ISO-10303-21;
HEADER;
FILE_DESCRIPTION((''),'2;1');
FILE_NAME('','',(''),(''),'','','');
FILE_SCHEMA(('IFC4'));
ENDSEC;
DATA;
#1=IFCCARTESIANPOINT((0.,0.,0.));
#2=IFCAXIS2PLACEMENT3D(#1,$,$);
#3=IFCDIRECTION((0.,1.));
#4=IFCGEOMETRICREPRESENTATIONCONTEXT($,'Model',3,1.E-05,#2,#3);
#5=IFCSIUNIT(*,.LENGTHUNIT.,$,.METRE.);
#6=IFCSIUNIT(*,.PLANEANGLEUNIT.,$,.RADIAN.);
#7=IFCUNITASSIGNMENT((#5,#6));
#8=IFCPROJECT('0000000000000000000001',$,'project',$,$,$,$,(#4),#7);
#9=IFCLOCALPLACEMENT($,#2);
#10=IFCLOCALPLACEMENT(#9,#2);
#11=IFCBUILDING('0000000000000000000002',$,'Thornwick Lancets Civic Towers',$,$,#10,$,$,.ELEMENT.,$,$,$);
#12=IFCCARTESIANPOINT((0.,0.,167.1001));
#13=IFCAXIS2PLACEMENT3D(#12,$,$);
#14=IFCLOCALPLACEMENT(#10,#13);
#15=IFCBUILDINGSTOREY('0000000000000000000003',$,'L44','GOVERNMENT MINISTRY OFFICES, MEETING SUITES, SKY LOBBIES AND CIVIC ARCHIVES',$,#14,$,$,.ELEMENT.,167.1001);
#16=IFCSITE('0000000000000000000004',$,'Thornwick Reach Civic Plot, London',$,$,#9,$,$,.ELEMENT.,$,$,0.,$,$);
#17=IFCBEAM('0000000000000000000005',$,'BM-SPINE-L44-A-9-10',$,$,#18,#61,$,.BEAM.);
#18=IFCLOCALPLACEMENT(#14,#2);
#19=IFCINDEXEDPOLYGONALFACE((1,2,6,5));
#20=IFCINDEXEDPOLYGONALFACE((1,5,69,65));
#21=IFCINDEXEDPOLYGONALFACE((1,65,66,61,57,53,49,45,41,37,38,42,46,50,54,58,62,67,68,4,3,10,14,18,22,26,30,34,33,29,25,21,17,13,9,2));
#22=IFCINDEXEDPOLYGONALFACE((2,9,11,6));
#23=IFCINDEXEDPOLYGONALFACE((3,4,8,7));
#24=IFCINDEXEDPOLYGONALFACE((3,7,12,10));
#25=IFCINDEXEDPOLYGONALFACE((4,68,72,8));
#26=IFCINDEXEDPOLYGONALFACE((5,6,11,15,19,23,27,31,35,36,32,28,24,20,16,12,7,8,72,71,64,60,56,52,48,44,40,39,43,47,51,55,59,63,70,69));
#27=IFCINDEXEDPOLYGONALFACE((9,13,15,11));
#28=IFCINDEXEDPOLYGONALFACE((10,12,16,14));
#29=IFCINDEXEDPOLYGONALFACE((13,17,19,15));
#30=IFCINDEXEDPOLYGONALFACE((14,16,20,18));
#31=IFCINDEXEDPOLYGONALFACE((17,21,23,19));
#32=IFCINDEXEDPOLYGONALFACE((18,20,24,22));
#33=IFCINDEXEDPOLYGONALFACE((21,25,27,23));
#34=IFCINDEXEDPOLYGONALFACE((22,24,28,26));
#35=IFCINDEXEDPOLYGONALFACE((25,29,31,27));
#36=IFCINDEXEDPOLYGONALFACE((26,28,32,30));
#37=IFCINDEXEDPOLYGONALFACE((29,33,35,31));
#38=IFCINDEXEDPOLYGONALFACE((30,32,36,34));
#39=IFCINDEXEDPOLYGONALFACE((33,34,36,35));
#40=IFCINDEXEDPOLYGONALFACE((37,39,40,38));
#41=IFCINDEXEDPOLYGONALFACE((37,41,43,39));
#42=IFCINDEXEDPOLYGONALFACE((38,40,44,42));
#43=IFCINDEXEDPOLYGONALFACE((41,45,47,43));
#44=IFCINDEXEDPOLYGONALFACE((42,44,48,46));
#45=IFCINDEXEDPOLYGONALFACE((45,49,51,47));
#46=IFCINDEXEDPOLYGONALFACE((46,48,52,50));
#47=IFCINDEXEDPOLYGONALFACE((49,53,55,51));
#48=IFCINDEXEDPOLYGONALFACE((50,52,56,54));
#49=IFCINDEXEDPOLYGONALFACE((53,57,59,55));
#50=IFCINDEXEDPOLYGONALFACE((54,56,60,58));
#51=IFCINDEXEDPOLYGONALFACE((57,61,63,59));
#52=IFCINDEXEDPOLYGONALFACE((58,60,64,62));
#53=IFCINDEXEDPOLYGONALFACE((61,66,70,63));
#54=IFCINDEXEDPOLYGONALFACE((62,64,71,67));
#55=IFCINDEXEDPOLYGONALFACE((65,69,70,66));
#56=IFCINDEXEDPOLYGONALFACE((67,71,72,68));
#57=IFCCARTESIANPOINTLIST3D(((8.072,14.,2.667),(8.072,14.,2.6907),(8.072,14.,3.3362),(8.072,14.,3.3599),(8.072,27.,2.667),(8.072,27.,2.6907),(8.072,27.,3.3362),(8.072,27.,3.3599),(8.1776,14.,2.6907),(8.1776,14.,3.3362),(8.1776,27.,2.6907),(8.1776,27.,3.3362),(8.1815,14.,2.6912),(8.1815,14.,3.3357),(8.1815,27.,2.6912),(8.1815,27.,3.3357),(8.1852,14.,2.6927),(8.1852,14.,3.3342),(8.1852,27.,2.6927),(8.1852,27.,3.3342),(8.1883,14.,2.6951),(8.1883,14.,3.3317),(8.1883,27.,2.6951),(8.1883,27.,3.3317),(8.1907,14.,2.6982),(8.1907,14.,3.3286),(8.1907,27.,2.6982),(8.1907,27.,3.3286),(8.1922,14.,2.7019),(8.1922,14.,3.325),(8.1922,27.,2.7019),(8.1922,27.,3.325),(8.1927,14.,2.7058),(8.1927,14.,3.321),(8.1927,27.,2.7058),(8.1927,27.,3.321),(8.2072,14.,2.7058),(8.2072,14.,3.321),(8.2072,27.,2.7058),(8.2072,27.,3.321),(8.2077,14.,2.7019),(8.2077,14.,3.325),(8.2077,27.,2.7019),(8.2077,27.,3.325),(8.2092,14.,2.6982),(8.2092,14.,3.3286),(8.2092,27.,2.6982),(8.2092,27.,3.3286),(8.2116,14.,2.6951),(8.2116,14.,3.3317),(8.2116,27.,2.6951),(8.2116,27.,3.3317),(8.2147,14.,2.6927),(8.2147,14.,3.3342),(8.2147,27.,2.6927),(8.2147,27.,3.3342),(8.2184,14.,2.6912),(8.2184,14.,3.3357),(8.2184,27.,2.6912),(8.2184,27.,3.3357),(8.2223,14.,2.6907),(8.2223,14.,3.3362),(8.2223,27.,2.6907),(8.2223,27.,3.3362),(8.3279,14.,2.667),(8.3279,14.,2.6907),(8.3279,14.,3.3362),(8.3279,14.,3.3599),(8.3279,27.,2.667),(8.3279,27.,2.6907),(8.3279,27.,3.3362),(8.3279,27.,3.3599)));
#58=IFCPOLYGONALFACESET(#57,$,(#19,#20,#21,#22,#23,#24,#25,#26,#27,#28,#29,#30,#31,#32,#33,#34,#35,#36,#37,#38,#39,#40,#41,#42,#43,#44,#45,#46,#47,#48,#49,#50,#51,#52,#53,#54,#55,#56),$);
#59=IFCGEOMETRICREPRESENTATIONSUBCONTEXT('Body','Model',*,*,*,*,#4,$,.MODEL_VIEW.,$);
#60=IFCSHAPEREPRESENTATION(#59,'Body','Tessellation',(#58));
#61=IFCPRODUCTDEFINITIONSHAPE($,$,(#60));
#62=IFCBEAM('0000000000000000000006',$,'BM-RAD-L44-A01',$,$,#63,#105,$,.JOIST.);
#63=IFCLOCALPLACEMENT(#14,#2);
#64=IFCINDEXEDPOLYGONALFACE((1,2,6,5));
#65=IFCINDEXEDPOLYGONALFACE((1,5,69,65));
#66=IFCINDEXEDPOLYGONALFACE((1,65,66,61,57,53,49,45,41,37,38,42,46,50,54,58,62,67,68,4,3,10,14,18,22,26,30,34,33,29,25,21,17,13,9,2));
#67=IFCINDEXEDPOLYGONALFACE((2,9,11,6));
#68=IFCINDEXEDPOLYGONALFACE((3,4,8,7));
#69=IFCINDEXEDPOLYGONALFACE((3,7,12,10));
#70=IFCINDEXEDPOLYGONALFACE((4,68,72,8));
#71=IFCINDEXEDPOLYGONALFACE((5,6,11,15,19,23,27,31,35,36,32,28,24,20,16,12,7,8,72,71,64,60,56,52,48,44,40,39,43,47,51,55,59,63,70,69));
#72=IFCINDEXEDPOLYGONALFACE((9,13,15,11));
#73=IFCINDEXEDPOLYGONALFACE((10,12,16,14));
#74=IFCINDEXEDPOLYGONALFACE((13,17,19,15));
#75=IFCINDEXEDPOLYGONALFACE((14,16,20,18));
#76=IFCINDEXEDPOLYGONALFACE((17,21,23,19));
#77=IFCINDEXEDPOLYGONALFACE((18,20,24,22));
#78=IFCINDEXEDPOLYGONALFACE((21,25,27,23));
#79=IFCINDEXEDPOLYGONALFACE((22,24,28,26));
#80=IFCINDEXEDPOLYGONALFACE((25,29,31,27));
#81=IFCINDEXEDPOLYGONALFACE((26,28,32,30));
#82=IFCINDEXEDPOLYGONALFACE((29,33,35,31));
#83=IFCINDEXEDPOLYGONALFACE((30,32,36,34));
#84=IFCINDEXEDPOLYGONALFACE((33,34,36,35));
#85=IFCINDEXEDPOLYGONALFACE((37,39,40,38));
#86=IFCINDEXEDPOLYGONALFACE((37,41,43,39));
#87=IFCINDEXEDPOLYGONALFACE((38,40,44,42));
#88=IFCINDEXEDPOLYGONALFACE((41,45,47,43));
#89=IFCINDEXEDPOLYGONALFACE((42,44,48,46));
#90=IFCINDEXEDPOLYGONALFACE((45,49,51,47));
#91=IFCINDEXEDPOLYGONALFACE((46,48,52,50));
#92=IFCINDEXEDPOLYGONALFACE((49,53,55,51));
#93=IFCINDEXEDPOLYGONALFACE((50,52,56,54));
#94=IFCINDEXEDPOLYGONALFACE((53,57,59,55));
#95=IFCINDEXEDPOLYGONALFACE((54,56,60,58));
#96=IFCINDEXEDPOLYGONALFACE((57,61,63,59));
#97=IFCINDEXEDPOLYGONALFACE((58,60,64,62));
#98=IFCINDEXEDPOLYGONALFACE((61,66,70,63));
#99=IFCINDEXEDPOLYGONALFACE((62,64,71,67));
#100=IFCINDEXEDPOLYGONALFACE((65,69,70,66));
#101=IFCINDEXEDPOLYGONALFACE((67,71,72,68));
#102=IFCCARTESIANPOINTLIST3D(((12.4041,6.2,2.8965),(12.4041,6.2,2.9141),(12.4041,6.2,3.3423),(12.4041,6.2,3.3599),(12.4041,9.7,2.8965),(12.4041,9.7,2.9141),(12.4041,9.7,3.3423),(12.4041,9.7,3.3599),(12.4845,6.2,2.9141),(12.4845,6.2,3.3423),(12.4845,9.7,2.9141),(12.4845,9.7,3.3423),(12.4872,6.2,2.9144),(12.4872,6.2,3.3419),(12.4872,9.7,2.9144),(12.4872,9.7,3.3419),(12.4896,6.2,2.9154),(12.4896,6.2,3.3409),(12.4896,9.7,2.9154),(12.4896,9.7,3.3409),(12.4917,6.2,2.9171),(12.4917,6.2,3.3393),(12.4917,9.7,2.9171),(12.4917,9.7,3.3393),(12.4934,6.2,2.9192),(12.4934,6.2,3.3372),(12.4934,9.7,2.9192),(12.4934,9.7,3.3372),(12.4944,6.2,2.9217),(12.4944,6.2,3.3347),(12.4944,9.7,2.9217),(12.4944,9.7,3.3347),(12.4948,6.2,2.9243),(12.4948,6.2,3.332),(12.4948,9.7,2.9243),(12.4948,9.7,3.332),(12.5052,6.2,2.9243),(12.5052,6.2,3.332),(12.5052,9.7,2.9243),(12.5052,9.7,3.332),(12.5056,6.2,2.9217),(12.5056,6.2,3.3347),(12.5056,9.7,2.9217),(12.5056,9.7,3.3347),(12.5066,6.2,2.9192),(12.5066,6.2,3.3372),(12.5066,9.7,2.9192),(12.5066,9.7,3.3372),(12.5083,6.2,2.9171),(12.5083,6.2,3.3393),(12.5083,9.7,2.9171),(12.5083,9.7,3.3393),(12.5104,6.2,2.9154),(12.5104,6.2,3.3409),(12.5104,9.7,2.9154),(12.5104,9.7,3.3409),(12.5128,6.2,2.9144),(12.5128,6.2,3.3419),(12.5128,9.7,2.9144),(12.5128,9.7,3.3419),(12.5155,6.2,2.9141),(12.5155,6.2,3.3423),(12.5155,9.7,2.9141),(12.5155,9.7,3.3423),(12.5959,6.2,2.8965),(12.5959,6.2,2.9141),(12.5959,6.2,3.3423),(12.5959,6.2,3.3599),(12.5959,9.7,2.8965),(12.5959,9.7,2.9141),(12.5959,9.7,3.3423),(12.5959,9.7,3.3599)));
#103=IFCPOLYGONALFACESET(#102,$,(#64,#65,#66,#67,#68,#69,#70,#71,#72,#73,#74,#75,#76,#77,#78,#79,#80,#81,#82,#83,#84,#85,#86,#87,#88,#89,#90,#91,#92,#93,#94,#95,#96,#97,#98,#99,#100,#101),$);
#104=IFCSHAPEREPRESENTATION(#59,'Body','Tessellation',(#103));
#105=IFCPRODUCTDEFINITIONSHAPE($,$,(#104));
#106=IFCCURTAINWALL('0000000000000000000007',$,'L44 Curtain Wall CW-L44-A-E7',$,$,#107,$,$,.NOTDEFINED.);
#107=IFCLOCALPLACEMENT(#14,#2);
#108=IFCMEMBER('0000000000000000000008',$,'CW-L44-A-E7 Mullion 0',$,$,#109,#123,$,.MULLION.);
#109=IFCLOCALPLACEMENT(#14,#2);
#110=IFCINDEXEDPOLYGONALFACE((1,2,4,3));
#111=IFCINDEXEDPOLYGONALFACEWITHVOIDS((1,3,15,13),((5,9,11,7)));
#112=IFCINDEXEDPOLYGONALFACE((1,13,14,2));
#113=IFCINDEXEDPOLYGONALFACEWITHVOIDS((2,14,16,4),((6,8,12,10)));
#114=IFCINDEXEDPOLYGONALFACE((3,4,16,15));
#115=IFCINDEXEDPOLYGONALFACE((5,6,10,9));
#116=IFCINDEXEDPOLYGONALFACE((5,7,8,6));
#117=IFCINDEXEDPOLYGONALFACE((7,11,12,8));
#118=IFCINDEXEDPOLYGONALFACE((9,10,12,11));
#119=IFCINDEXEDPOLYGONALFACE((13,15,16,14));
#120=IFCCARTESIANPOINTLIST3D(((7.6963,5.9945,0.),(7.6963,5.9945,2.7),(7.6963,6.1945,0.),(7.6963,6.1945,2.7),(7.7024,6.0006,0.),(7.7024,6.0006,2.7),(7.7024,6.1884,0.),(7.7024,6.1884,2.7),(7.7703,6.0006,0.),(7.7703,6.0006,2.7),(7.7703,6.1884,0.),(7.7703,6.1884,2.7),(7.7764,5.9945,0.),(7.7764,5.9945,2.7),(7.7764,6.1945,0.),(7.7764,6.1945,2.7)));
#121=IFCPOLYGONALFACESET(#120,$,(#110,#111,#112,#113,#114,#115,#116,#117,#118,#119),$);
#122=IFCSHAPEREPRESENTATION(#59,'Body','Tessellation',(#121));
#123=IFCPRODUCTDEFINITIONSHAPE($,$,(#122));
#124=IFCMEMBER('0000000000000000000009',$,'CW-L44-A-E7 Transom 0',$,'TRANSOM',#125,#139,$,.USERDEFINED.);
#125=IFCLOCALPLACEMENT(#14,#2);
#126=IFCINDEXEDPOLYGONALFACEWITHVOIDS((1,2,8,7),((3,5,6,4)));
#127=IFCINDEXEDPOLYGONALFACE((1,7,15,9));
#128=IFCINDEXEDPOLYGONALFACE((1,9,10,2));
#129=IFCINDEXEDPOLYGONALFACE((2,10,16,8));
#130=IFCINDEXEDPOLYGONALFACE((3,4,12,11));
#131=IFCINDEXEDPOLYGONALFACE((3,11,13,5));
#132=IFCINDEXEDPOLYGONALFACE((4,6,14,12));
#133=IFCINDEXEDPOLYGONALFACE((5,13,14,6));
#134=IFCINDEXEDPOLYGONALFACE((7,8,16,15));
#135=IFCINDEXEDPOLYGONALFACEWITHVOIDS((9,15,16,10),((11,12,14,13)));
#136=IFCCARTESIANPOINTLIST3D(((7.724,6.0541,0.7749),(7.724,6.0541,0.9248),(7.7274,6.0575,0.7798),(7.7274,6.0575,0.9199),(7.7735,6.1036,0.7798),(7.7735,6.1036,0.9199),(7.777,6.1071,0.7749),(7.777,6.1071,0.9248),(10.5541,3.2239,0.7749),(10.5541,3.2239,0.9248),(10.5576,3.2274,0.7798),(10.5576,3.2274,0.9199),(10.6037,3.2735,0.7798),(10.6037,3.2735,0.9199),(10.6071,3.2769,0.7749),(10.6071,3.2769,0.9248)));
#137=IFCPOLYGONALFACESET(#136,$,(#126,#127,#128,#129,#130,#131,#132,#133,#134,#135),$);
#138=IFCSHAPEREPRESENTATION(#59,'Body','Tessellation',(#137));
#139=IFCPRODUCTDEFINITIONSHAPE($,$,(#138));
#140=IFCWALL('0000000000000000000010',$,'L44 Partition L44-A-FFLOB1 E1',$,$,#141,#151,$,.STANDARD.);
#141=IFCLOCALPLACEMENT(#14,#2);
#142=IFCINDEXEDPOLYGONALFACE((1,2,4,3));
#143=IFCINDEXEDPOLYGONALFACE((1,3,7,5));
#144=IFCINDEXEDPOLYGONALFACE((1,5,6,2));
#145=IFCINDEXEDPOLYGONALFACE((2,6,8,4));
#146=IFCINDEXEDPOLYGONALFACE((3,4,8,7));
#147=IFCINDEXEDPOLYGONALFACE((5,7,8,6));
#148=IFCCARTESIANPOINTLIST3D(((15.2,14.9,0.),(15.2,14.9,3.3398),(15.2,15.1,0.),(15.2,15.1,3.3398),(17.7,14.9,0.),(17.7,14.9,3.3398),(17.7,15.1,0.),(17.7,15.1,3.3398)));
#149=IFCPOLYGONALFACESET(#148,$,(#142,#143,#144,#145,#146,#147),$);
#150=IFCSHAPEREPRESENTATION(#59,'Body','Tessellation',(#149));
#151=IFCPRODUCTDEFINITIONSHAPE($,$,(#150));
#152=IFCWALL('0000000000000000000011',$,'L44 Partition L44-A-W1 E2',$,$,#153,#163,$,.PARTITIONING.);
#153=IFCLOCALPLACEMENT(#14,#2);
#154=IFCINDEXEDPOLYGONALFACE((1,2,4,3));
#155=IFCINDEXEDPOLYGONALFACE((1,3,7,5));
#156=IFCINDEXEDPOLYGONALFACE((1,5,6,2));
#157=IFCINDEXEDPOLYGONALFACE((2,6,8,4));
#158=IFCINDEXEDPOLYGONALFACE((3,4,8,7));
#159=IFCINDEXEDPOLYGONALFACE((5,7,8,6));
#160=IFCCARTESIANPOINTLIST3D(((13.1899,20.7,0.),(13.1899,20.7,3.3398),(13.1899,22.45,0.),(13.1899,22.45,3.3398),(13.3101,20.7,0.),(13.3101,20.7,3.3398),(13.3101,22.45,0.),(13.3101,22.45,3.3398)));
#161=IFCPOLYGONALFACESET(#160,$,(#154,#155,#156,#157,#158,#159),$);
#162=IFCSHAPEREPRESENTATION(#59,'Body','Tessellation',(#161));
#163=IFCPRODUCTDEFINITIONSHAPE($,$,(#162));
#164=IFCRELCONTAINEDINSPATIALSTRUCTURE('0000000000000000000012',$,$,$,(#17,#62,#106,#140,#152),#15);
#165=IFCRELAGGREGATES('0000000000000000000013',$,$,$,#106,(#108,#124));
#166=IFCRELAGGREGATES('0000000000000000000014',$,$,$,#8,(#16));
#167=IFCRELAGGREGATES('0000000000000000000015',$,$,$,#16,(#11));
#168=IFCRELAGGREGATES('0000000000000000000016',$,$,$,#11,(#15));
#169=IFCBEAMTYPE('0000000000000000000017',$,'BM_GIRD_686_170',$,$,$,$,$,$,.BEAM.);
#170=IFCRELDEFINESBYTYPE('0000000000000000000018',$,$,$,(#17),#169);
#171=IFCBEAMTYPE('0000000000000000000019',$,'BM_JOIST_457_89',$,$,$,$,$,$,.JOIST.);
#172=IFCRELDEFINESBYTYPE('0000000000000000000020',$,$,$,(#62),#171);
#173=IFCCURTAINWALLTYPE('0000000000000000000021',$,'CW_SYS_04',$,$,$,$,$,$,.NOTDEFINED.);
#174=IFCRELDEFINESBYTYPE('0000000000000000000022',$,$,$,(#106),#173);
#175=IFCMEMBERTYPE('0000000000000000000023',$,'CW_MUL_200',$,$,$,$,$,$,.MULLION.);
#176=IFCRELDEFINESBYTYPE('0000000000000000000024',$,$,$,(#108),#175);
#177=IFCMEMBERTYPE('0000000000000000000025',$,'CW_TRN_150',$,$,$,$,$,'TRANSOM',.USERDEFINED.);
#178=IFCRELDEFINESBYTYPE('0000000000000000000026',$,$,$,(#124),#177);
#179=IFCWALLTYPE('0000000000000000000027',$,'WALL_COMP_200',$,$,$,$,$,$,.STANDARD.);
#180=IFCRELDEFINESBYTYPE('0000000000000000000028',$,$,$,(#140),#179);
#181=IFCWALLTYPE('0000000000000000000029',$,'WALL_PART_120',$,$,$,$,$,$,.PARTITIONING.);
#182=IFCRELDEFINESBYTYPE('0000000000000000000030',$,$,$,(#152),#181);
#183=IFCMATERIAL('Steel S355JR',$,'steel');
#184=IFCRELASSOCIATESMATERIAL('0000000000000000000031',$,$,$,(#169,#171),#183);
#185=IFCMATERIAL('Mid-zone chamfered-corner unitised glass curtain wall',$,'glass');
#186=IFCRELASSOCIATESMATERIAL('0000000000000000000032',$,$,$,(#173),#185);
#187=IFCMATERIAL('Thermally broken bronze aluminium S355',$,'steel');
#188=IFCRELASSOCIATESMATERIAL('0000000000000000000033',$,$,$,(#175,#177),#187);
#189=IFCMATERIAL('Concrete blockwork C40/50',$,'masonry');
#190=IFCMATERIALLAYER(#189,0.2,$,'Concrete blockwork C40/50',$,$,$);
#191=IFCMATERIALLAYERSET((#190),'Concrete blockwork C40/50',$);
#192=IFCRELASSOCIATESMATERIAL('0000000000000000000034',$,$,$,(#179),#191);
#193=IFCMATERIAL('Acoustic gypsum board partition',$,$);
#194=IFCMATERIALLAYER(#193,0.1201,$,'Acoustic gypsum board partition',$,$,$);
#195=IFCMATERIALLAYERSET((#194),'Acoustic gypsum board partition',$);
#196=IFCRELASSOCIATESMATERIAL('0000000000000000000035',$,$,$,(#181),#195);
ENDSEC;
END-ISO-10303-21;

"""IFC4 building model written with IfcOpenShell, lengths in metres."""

from ifc_helpers import new_model, si_unit, direction, frame, frame_2d, origin, origin_2d, place, context, subcontext, project, spatial, rectangle, hollow_rectangle, i_section, extrude, material, layer, layer_set, material_profile, profile_set, type_object, element, aggregate, save


model = new_model("IFC4")

# Units and contexts
model_context = context("Model", 3, precision=1e-05, world=origin(), true_north=direction((0.0, 1.0)))
body_context = subcontext(model_context, "Body", "Model", "MODEL_VIEW")
ifc_project = project(units=[si_unit("LENGTHUNIT", "METRE"), si_unit("PLANEANGLEUNIT", "RADIAN")], contexts=[model_context])

# Site, building, storey
site_placement = place(None, origin())
site = spatial("IfcSite", under=ifc_project, at=site_placement, Name="Thornwick Reach Civic Plot, London", CompositionType="ELEMENT", RefElevation=0.0)
building_placement = place(site_placement, origin())
building = spatial("IfcBuilding", under=site, at=building_placement, Name="Thornwick Lancets Civic Towers", CompositionType="ELEMENT")
storey_placement = place(building_placement, frame((0.0, 0.0, 167.1001)))
storey = spatial("IfcBuildingStorey", under=building, at=storey_placement, Name="L44", Description="GOVERNMENT MINISTRY OFFICES, MEETING SUITES, SKY LOBBIES AND CIVIC ARCHIVES", CompositionType="ELEMENT", Elevation=167.1001)

# Beams
ifc_material_1 = material(Name="Steel S355JR", Category="steel")
ifc_material_profile_1 = material_profile(ifc_material_1, i_section(OverallWidth=0.2559, OverallDepth=0.6929, WebThickness=0.0144, FlangeThickness=0.0237, FilletRadius=0.0151, at=origin_2d()), Name="UKB 686x254x170")
ifc_profile_set_1 = profile_set([ifc_material_profile_1], Name="Steel S355JR")
beam_type_1 = type_object("IfcBeamType", Name="BM_GIRD_686_170", PredefinedType="BEAM", material=ifc_profile_set_1)
for number, where, z_axis, x_axis, name in (
    (1, (8.2, 14.0, 3.0134), (0.0, 1.0, 0.0), (-1.0, 0.0, 0.0), "BM-SPINE-L44-A-9-10"),
):
    element("IfcBeam", number, at=place(storey_placement, frame(where, z_axis=z_axis, x_axis=x_axis)), inside=storey, type_object=beam_type_1, Name=name, PredefinedType="BEAM", context=body_context, shape_type="SweptSolid", body=[
        extrude(i_section(OverallWidth=0.2559, OverallDepth=0.6929, WebThickness=0.0144, FlangeThickness=0.0237, FilletRadius=0.0151, at=origin_2d()), origin(), (0.0, 0.0, 1.0), 13.0),
    ])
ifc_material_profile_2 = material_profile(ifc_material_1, i_section(OverallWidth=0.1919, OverallDepth=0.4634, WebThickness=0.0105, FlangeThickness=0.0176, FilletRadius=0.0103, at=origin_2d()), Name="UKB 457x191x89")
ifc_profile_set_2 = profile_set([ifc_material_profile_2], Name="Steel S355JR")
beam_type_2 = type_object("IfcBeamType", Name="BM_JOIST_457_89", PredefinedType="JOIST", material=ifc_profile_set_2)
beam_1_placement = place(storey_placement, frame((12.5, 9.7, 3.1282), z_axis=(0.0, -1.0, 0.0), x_axis=(1.0, 0.0, 0.0)))
element("IfcBeam", 2, at=beam_1_placement, inside=storey, type_object=beam_type_2, Name="BM-RAD-L44-A01", PredefinedType="JOIST", context=body_context, shape_type="SweptSolid", body=[
    extrude(i_section(OverallWidth=0.1919, OverallDepth=0.4634, WebThickness=0.0105, FlangeThickness=0.0176, FilletRadius=0.0103, at=origin_2d()), origin(), (0.0, 0.0, 1.0), 3.5),
])

# Curtain wall, members
ifc_material_2 = material(Name="Mid-zone chamfered-corner unitised glass curtain wall", Category="glass")
curtain_wall_type = type_object("IfcCurtainWallType", Name="CW_SYS_04", PredefinedType="NOTDEFINED", material=ifc_material_2)
curtain_wall_placement = place(storey_placement, origin())
curtain_wall = element("IfcCurtainWall", 3, at=curtain_wall_placement, inside=storey, type_object=curtain_wall_type, Name="L44 Curtain Wall CW-L44-A-E7", PredefinedType="NOTDEFINED")
ifc_material_3 = material(Name="Thermally broken bronze aluminium S355", Category="steel")
ifc_material_profile_3 = material_profile(ifc_material_3, hollow_rectangle(XDim=0.0801, YDim=0.2, WallThickness=0.0061, at=origin_2d()), Name="RHS 200x80x6")
ifc_profile_set_3 = profile_set([ifc_material_profile_3], Name="Thermally broken bronze aluminium S355")
member_type_1 = type_object("IfcMemberType", Name="CW_MUL_200", PredefinedType="MULLION", material=ifc_profile_set_3)
member_1_placement = place(storey_placement, frame((7.7363, 6.0945, 0.0), z_axis=(0.0, 0.0, 1.0), x_axis=(1.0, 0.0, 0.0)))
member_1 = element("IfcMember", 4, at=member_1_placement, type_object=member_type_1, Name="CW-L44-A-E7 Mullion 0", PredefinedType="MULLION", context=body_context, shape_type="SweptSolid", body=[
    extrude(hollow_rectangle(XDim=0.0801, YDim=0.2, WallThickness=0.0061, at=origin_2d()), origin(), (0.0, 0.0, 1.0), 2.7),
])
ifc_material_profile_4 = material_profile(ifc_material_3, hollow_rectangle(XDim=0.075, YDim=0.1499, WallThickness=0.0049, at=origin_2d()), Name="RHS 150x75x5")
ifc_profile_set_4 = profile_set([ifc_material_profile_4], Name="Thermally broken bronze aluminium S355")
member_type_2 = type_object("IfcMemberType", Name="CW_TRN_150", ElementType="TRANSOM", PredefinedType="USERDEFINED", material=ifc_profile_set_4)
member_2_placement = place(storey_placement, frame((7.7505, 6.0806, 0.8499), z_axis=(0.707107, -0.707107, 0.0), x_axis=(0.707107, 0.707107, 0.0)))
member_2 = element("IfcMember", 5, at=member_2_placement, type_object=member_type_2, Name="CW-L44-A-E7 Transom 0", ObjectType="TRANSOM", PredefinedType="USERDEFINED", context=body_context, shape_type="SweptSolid", body=[
    extrude(hollow_rectangle(XDim=0.075, YDim=0.1499, WallThickness=0.0049, at=origin_2d()), origin(), (0.0, 0.0, 1.0), 4.0024),
])
aggregate(curtain_wall, [member_1, member_2])

# Walls
ifc_material_4 = material(Name="Concrete blockwork C40/50", Category="masonry")
ifc_layer_1 = layer(ifc_material_4, 0.2, Name="Concrete blockwork C40/50")
ifc_layer_set_1 = layer_set([ifc_layer_1], Name="Concrete blockwork C40/50")
wall_type_1 = type_object("IfcWallType", Name="WALL_COMP_200", PredefinedType="STANDARD", material=ifc_layer_set_1)
wall_1_placement = place(storey_placement, frame((15.2, 15.0, 0.0), z_axis=(0.0, 0.0, 1.0), x_axis=(1.0, 0.0, 0.0)))
element("IfcWall", 6, at=wall_1_placement, inside=storey, type_object=wall_type_1, Name="L44 Partition L44-A-FFLOB1 E1", PredefinedType="STANDARD", context=body_context, shape_type="SweptSolid", body=[
    extrude(rectangle(XDim=2.5, YDim=0.2, at=frame_2d((1.25, 0.0))), origin(), (0.0, 0.0, 1.0), 3.3398),
])
ifc_material_5 = material(Name="Acoustic gypsum board partition")
ifc_layer_2 = layer(ifc_material_5, 0.1201, Name="Acoustic gypsum board partition")
ifc_layer_set_2 = layer_set([ifc_layer_2], Name="Acoustic gypsum board partition")
wall_type_2 = type_object("IfcWallType", Name="WALL_PART_120", PredefinedType="PARTITIONING", material=ifc_layer_set_2)
wall_2_placement = place(storey_placement, frame((13.25, 22.45, 0.0), z_axis=(0.0, 0.0, 1.0), x_axis=(0.0, -1.0, 0.0)))
element("IfcWall", 7, at=wall_2_placement, inside=storey, type_object=wall_type_2, Name="L44 Partition L44-A-W1 E2", PredefinedType="PARTITIONING", context=body_context, shape_type="SweptSolid", body=[
    extrude(rectangle(XDim=1.75, YDim=0.1201, at=frame_2d((0.875, 0.0))), origin(), (0.0, 0.0, 1.0), 3.3398),
])

save(model, "model.ifc")
